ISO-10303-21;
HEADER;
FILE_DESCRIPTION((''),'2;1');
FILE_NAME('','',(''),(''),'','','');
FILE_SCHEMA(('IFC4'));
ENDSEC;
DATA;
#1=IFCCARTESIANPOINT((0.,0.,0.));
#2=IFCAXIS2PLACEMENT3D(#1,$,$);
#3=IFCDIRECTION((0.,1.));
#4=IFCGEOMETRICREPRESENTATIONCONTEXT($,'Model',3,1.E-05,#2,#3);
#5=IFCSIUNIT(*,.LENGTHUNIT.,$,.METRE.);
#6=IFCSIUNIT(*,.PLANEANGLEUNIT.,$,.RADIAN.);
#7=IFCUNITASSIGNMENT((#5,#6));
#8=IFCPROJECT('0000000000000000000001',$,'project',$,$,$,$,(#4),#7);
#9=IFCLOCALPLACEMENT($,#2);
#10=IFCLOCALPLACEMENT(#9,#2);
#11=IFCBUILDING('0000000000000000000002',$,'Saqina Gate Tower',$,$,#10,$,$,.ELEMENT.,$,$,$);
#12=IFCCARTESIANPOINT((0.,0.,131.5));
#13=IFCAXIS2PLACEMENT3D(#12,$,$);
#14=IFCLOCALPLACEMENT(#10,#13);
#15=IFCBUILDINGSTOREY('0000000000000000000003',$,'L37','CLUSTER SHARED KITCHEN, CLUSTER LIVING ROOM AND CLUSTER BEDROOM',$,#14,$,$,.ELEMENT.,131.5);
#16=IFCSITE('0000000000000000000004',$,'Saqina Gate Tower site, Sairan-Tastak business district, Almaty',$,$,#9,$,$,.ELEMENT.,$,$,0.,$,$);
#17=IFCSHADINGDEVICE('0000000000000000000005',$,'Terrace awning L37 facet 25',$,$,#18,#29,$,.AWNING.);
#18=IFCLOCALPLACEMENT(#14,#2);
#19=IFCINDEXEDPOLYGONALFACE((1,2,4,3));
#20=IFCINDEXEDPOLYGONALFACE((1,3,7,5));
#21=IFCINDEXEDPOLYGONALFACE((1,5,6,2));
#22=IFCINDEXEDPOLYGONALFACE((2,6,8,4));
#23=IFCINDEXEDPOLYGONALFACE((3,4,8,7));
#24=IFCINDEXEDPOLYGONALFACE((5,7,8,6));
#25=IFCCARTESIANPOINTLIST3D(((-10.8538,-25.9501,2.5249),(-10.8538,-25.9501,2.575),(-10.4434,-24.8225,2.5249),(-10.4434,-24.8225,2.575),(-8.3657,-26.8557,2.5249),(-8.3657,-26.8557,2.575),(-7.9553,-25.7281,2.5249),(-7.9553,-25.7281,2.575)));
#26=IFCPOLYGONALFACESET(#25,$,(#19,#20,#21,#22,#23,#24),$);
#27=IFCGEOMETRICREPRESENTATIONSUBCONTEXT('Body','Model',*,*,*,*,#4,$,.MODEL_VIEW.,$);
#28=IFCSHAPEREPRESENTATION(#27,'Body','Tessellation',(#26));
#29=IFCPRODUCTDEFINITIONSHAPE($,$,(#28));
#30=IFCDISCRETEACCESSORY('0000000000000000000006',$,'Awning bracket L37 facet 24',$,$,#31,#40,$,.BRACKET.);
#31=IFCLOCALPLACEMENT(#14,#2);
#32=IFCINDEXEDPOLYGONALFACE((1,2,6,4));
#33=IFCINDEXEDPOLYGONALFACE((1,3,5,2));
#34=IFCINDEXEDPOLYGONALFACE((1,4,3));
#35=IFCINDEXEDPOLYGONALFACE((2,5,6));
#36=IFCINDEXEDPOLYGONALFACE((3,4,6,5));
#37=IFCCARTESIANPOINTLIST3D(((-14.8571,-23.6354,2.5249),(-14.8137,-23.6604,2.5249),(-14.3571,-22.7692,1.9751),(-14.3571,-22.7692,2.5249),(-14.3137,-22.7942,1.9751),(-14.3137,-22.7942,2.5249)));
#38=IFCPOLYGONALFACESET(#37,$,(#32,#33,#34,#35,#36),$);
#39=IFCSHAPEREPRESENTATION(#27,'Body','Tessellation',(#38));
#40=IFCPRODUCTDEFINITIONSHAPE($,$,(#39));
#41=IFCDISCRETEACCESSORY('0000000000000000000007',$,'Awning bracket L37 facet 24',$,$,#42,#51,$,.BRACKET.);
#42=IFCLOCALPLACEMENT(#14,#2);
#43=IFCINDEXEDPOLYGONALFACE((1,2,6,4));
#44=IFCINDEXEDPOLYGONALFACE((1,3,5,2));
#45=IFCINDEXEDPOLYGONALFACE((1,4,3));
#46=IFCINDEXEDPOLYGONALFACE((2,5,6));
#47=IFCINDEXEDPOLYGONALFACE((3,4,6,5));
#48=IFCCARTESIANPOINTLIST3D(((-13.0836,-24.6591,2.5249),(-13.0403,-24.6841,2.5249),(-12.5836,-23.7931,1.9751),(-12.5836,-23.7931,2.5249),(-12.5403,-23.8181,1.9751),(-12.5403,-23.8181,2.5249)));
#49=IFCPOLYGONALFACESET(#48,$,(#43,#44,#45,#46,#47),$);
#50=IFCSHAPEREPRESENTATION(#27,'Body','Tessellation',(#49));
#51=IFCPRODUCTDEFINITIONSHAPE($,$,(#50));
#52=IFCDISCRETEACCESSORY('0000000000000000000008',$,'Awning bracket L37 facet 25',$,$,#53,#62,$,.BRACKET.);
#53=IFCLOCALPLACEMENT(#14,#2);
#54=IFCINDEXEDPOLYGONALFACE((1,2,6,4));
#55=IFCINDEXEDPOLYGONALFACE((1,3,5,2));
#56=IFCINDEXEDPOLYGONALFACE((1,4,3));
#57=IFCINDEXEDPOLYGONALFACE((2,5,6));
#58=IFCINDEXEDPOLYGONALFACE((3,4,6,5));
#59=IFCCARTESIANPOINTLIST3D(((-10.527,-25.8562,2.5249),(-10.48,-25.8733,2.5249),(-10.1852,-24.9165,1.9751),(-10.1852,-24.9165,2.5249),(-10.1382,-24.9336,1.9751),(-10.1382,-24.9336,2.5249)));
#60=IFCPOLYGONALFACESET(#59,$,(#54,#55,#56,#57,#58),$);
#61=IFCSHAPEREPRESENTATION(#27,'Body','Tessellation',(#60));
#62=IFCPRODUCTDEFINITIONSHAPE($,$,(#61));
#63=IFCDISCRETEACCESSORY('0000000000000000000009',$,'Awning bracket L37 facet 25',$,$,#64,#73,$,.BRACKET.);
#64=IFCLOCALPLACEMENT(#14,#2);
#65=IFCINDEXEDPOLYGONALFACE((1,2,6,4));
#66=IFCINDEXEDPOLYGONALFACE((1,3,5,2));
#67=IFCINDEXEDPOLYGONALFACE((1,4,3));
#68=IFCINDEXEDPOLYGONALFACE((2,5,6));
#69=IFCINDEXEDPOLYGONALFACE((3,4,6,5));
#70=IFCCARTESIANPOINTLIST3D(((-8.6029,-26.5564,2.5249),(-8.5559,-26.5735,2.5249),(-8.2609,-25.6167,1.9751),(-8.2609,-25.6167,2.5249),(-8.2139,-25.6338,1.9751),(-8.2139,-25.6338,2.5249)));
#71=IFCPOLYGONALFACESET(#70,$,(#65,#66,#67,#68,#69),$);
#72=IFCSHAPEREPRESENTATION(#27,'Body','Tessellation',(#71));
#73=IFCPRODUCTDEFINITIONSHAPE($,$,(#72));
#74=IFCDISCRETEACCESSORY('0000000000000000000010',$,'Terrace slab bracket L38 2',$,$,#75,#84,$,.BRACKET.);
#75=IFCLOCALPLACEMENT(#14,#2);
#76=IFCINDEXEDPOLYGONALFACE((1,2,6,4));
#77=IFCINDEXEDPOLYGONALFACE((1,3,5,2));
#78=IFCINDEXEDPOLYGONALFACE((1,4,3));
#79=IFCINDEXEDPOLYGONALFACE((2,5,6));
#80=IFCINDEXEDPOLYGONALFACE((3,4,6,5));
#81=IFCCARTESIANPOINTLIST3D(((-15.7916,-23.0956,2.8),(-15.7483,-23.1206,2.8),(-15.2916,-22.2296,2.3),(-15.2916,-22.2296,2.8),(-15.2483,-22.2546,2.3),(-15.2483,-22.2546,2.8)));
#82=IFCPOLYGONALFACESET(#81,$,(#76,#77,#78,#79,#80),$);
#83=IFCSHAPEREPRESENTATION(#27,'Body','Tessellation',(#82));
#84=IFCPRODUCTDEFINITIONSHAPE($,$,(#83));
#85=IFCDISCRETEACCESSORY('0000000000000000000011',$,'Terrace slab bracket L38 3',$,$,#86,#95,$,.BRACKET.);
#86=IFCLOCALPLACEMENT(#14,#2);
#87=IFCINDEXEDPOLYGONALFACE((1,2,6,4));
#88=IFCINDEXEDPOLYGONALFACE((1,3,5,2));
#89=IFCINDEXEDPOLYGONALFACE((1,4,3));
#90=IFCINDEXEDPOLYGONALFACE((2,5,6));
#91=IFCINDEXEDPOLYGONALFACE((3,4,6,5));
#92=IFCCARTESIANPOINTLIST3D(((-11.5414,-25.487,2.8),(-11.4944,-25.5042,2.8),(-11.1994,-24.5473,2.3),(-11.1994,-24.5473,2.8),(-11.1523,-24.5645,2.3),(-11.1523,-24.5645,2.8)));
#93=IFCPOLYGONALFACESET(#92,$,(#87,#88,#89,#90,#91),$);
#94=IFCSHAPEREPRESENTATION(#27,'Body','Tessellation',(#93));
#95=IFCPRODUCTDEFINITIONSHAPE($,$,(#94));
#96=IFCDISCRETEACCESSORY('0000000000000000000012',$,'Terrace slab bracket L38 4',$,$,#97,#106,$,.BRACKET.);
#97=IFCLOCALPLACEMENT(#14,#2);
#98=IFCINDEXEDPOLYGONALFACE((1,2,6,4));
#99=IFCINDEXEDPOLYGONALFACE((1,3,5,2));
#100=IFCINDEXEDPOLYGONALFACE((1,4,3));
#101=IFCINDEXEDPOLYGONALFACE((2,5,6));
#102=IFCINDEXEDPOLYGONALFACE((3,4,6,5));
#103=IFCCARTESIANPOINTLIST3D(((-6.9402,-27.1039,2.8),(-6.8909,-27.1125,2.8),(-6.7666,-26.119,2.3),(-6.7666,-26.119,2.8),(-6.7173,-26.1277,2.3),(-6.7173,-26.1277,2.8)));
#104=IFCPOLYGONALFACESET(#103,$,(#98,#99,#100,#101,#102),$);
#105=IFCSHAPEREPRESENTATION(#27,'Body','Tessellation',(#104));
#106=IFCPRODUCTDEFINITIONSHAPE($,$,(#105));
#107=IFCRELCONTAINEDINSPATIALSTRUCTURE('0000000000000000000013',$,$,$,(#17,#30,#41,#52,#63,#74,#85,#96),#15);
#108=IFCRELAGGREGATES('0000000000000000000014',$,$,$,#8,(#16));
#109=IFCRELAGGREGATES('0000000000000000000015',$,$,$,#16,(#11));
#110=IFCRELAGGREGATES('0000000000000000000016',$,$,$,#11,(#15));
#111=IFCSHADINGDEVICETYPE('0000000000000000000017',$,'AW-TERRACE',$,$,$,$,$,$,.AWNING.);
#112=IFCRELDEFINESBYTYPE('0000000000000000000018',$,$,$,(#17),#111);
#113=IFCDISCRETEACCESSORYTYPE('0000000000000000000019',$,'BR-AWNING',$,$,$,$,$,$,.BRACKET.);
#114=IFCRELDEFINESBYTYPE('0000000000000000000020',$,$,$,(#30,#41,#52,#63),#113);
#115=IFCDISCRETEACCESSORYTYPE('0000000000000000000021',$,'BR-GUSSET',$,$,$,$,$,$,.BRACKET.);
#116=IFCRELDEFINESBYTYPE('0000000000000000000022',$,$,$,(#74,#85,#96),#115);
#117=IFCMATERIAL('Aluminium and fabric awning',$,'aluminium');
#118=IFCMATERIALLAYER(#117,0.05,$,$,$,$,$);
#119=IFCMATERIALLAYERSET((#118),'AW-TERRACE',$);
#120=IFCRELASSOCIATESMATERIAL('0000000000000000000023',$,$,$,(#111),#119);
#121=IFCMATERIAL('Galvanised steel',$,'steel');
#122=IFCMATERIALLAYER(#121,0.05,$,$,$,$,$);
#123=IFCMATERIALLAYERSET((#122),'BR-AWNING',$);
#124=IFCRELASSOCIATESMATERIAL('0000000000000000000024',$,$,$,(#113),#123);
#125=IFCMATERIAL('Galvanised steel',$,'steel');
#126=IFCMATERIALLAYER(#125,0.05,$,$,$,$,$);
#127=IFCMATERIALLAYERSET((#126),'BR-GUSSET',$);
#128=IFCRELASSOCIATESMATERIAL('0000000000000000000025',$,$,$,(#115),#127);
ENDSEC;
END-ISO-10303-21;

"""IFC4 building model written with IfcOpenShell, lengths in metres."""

from ifc_helpers import new_model, si_unit, direction, frame, origin, origin_2d, place, context, subcontext, project, spatial, polyline, rectangle, outline, extrude, material, layer, layer_set, type_object, element, save


model = new_model("IFC4")

# Units and contexts
model_context = context("Model", 3, precision=1e-05, world=origin(), true_north=direction((0.0, 1.0)))
body_context = subcontext(model_context, "Body", "Model", "MODEL_VIEW")
ifc_project = project(units=[si_unit("LENGTHUNIT", "METRE"), si_unit("PLANEANGLEUNIT", "RADIAN")], contexts=[model_context])

# Site, building, storey
site_placement = place(None, origin())
site = spatial("IfcSite", under=ifc_project, at=site_placement, Name="Saqina Gate Tower site, Sairan-Tastak business district, Almaty", CompositionType="ELEMENT", RefElevation=0.0)
building_placement = place(site_placement, origin())
building = spatial("IfcBuilding", under=site, at=building_placement, Name="Saqina Gate Tower", CompositionType="ELEMENT")
storey_placement = place(building_placement, frame((0.0, 0.0, 131.5)))
storey = spatial("IfcBuildingStorey", under=building, at=storey_placement, Name="L37", Description="CLUSTER SHARED KITCHEN, CLUSTER LIVING ROOM AND CLUSTER BEDROOM", CompositionType="ELEMENT", Elevation=131.5)

# Shading device
ifc_material_1 = material(Name="Aluminium and fabric awning", Category="aluminium")
ifc_layer_1 = layer(ifc_material_1, 0.05)
ifc_layer_set_1 = layer_set([ifc_layer_1], Name="AW-TERRACE")
shading_device_type = type_object("IfcShadingDeviceType", Name="AW-TERRACE", PredefinedType="AWNING", material=ifc_layer_set_1)
for number, where, z_axis, x_axis, name in (
    (1, (-9.4045, -25.8391, 2.5249), (0.0, 0.0, 1.0), (0.939693, -0.34202, 0.0), "Terrace awning L37 facet 25"),
):
    element("IfcShadingDevice", number, at=place(storey_placement, frame(where, z_axis=z_axis, x_axis=x_axis)), inside=storey, type_object=shading_device_type, Name=name, PredefinedType="AWNING", context=body_context, shape_type="SweptSolid", body=[
        extrude(rectangle(XDim=2.6477, YDim=1.2, at=origin_2d()), origin(), (0.0, 0.0, 1.0), 0.05),
    ])

# Discrete accessories
ifc_material_2 = material(Name="Galvanised steel", Category="steel")
ifc_layer_2 = layer(ifc_material_2, 0.05)
ifc_layer_set_2 = layer_set([ifc_layer_2], Name="BR-AWNING")
discrete_accessory_type_1 = type_object("IfcDiscreteAccessoryType", Name="BR-AWNING", PredefinedType="BRACKET", material=ifc_layer_set_2)
discrete_accessory_1_placement = place(storey_placement, frame((-14.3137, -22.7942, 1.9751), z_axis=(0.866072, -0.49992, 0.0), x_axis=(0.0, 0.0, 1.0)))
element("IfcDiscreteAccessory", 2, at=discrete_accessory_1_placement, inside=storey, type_object=discrete_accessory_type_1, Name="Awning bracket L37 facet 24", PredefinedType="BRACKET", context=body_context, shape_type="SweptSolid", body=[
    extrude(outline(polyline([(0.0, 0.0), (0.5498, 0.0), (0.5498, 1.0002), (0.0, 0.0)])), origin(), (0.0, 0.0, -1.0), 0.05),
])
discrete_accessory_2_placement = place(storey_placement, frame((-12.5403, -23.8181, 1.9751), z_axis=(0.866011, -0.500025, 0.0), x_axis=(0.0, 0.0, 1.0)))
element("IfcDiscreteAccessory", 3, at=discrete_accessory_2_placement, inside=storey, type_object=discrete_accessory_type_1, Name="Awning bracket L37 facet 24", PredefinedType="BRACKET", context=body_context, shape_type="SweptSolid", body=[
    extrude(outline(polyline([(0.0, 0.0), (0.5498, 0.0), (0.5498, 0.9999), (0.0, 0.0)])), origin(), (0.0, 0.0, -1.0), 0.05),
])
discrete_accessory_3_placement = place(storey_placement, frame((-10.1382, -24.9336, 1.9751), z_axis=(0.939765, -0.341821, 0.0), x_axis=(0.0, 0.0, 1.0)))
element("IfcDiscreteAccessory", 4, at=discrete_accessory_3_placement, inside=storey, type_object=discrete_accessory_type_1, Name="Awning bracket L37 facet 25", PredefinedType="BRACKET", context=body_context, shape_type="SweptSolid", body=[
    extrude(outline(polyline([(0.0, 0.0), (0.5498, 0.0), (0.5498, 0.9999), (0.0, 0.0)])), origin(), (0.0, 0.0, -1.0), 0.05),
])
discrete_accessory_4_placement = place(storey_placement, frame((-8.2139, -25.6338, 1.9751), z_axis=(0.939686, -0.342037, 0.0), x_axis=(0.0, 0.0, 1.0)))
element("IfcDiscreteAccessory", 5, at=discrete_accessory_4_placement, inside=storey, type_object=discrete_accessory_type_1, Name="Awning bracket L37 facet 25", PredefinedType="BRACKET", context=body_context, shape_type="SweptSolid", body=[
    extrude(outline(polyline([(0.0, 0.0), (0.5498, 0.0), (0.5498, 1.0), (0.0, 0.0)])), origin(), (0.0, 0.0, -1.0), 0.05),
])
ifc_material_3 = material(Name="Galvanised steel", Category="steel")
ifc_layer_3 = layer(ifc_material_3, 0.05)
ifc_layer_set_3 = layer_set([ifc_layer_3], Name="BR-GUSSET")
discrete_accessory_type_2 = type_object("IfcDiscreteAccessoryType", Name="BR-GUSSET", PredefinedType="BRACKET", material=ifc_layer_set_3)
discrete_accessory_5_placement = place(storey_placement, frame((-15.2483, -22.2546, 2.3), z_axis=(0.866011, -0.500025, 0.0), x_axis=(0.0, 0.0, 1.0)))
element("IfcDiscreteAccessory", 6, at=discrete_accessory_5_placement, inside=storey, type_object=discrete_accessory_type_2, Name="Terrace slab bracket L38 2", PredefinedType="BRACKET", context=body_context, shape_type="SweptSolid", body=[
    extrude(outline(polyline([(0.0, 0.0), (0.5, 0.0), (0.5, 0.9999), (0.0, 0.0)])), origin(), (0.0, 0.0, -1.0), 0.05),
])
discrete_accessory_6_placement = place(storey_placement, frame((-11.1523, -24.5645, 2.3), z_axis=(0.939686, -0.342037, 0.0), x_axis=(0.0, 0.0, 1.0)))
element("IfcDiscreteAccessory", 7, at=discrete_accessory_6_placement, inside=storey, type_object=discrete_accessory_type_2, Name="Terrace slab bracket L38 3", PredefinedType="BRACKET", context=body_context, shape_type="SweptSolid", body=[
    extrude(outline(polyline([(0.0, 0.0), (0.5, 0.0), (0.5, 1.0), (0.0, 0.0)])), origin(), (0.0, 0.0, -1.0), 0.05),
])
discrete_accessory_7_placement = place(storey_placement, frame((-6.7173, -26.1277, 2.3), z_axis=(0.98482, -0.173576, 0.0), x_axis=(0.0, 0.0, 1.0)))
element("IfcDiscreteAccessory", 8, at=discrete_accessory_7_placement, inside=storey, type_object=discrete_accessory_type_2, Name="Terrace slab bracket L38 4", PredefinedType="BRACKET", context=body_context, shape_type="SweptSolid", body=[
    extrude(outline(polyline([(0.0, 0.0), (0.5, 0.0), (0.5, 1.0), (0.0, 0.0)])), origin(), (0.0, 0.0, -1.0), 0.05),
])

save(model, "model.ifc")
